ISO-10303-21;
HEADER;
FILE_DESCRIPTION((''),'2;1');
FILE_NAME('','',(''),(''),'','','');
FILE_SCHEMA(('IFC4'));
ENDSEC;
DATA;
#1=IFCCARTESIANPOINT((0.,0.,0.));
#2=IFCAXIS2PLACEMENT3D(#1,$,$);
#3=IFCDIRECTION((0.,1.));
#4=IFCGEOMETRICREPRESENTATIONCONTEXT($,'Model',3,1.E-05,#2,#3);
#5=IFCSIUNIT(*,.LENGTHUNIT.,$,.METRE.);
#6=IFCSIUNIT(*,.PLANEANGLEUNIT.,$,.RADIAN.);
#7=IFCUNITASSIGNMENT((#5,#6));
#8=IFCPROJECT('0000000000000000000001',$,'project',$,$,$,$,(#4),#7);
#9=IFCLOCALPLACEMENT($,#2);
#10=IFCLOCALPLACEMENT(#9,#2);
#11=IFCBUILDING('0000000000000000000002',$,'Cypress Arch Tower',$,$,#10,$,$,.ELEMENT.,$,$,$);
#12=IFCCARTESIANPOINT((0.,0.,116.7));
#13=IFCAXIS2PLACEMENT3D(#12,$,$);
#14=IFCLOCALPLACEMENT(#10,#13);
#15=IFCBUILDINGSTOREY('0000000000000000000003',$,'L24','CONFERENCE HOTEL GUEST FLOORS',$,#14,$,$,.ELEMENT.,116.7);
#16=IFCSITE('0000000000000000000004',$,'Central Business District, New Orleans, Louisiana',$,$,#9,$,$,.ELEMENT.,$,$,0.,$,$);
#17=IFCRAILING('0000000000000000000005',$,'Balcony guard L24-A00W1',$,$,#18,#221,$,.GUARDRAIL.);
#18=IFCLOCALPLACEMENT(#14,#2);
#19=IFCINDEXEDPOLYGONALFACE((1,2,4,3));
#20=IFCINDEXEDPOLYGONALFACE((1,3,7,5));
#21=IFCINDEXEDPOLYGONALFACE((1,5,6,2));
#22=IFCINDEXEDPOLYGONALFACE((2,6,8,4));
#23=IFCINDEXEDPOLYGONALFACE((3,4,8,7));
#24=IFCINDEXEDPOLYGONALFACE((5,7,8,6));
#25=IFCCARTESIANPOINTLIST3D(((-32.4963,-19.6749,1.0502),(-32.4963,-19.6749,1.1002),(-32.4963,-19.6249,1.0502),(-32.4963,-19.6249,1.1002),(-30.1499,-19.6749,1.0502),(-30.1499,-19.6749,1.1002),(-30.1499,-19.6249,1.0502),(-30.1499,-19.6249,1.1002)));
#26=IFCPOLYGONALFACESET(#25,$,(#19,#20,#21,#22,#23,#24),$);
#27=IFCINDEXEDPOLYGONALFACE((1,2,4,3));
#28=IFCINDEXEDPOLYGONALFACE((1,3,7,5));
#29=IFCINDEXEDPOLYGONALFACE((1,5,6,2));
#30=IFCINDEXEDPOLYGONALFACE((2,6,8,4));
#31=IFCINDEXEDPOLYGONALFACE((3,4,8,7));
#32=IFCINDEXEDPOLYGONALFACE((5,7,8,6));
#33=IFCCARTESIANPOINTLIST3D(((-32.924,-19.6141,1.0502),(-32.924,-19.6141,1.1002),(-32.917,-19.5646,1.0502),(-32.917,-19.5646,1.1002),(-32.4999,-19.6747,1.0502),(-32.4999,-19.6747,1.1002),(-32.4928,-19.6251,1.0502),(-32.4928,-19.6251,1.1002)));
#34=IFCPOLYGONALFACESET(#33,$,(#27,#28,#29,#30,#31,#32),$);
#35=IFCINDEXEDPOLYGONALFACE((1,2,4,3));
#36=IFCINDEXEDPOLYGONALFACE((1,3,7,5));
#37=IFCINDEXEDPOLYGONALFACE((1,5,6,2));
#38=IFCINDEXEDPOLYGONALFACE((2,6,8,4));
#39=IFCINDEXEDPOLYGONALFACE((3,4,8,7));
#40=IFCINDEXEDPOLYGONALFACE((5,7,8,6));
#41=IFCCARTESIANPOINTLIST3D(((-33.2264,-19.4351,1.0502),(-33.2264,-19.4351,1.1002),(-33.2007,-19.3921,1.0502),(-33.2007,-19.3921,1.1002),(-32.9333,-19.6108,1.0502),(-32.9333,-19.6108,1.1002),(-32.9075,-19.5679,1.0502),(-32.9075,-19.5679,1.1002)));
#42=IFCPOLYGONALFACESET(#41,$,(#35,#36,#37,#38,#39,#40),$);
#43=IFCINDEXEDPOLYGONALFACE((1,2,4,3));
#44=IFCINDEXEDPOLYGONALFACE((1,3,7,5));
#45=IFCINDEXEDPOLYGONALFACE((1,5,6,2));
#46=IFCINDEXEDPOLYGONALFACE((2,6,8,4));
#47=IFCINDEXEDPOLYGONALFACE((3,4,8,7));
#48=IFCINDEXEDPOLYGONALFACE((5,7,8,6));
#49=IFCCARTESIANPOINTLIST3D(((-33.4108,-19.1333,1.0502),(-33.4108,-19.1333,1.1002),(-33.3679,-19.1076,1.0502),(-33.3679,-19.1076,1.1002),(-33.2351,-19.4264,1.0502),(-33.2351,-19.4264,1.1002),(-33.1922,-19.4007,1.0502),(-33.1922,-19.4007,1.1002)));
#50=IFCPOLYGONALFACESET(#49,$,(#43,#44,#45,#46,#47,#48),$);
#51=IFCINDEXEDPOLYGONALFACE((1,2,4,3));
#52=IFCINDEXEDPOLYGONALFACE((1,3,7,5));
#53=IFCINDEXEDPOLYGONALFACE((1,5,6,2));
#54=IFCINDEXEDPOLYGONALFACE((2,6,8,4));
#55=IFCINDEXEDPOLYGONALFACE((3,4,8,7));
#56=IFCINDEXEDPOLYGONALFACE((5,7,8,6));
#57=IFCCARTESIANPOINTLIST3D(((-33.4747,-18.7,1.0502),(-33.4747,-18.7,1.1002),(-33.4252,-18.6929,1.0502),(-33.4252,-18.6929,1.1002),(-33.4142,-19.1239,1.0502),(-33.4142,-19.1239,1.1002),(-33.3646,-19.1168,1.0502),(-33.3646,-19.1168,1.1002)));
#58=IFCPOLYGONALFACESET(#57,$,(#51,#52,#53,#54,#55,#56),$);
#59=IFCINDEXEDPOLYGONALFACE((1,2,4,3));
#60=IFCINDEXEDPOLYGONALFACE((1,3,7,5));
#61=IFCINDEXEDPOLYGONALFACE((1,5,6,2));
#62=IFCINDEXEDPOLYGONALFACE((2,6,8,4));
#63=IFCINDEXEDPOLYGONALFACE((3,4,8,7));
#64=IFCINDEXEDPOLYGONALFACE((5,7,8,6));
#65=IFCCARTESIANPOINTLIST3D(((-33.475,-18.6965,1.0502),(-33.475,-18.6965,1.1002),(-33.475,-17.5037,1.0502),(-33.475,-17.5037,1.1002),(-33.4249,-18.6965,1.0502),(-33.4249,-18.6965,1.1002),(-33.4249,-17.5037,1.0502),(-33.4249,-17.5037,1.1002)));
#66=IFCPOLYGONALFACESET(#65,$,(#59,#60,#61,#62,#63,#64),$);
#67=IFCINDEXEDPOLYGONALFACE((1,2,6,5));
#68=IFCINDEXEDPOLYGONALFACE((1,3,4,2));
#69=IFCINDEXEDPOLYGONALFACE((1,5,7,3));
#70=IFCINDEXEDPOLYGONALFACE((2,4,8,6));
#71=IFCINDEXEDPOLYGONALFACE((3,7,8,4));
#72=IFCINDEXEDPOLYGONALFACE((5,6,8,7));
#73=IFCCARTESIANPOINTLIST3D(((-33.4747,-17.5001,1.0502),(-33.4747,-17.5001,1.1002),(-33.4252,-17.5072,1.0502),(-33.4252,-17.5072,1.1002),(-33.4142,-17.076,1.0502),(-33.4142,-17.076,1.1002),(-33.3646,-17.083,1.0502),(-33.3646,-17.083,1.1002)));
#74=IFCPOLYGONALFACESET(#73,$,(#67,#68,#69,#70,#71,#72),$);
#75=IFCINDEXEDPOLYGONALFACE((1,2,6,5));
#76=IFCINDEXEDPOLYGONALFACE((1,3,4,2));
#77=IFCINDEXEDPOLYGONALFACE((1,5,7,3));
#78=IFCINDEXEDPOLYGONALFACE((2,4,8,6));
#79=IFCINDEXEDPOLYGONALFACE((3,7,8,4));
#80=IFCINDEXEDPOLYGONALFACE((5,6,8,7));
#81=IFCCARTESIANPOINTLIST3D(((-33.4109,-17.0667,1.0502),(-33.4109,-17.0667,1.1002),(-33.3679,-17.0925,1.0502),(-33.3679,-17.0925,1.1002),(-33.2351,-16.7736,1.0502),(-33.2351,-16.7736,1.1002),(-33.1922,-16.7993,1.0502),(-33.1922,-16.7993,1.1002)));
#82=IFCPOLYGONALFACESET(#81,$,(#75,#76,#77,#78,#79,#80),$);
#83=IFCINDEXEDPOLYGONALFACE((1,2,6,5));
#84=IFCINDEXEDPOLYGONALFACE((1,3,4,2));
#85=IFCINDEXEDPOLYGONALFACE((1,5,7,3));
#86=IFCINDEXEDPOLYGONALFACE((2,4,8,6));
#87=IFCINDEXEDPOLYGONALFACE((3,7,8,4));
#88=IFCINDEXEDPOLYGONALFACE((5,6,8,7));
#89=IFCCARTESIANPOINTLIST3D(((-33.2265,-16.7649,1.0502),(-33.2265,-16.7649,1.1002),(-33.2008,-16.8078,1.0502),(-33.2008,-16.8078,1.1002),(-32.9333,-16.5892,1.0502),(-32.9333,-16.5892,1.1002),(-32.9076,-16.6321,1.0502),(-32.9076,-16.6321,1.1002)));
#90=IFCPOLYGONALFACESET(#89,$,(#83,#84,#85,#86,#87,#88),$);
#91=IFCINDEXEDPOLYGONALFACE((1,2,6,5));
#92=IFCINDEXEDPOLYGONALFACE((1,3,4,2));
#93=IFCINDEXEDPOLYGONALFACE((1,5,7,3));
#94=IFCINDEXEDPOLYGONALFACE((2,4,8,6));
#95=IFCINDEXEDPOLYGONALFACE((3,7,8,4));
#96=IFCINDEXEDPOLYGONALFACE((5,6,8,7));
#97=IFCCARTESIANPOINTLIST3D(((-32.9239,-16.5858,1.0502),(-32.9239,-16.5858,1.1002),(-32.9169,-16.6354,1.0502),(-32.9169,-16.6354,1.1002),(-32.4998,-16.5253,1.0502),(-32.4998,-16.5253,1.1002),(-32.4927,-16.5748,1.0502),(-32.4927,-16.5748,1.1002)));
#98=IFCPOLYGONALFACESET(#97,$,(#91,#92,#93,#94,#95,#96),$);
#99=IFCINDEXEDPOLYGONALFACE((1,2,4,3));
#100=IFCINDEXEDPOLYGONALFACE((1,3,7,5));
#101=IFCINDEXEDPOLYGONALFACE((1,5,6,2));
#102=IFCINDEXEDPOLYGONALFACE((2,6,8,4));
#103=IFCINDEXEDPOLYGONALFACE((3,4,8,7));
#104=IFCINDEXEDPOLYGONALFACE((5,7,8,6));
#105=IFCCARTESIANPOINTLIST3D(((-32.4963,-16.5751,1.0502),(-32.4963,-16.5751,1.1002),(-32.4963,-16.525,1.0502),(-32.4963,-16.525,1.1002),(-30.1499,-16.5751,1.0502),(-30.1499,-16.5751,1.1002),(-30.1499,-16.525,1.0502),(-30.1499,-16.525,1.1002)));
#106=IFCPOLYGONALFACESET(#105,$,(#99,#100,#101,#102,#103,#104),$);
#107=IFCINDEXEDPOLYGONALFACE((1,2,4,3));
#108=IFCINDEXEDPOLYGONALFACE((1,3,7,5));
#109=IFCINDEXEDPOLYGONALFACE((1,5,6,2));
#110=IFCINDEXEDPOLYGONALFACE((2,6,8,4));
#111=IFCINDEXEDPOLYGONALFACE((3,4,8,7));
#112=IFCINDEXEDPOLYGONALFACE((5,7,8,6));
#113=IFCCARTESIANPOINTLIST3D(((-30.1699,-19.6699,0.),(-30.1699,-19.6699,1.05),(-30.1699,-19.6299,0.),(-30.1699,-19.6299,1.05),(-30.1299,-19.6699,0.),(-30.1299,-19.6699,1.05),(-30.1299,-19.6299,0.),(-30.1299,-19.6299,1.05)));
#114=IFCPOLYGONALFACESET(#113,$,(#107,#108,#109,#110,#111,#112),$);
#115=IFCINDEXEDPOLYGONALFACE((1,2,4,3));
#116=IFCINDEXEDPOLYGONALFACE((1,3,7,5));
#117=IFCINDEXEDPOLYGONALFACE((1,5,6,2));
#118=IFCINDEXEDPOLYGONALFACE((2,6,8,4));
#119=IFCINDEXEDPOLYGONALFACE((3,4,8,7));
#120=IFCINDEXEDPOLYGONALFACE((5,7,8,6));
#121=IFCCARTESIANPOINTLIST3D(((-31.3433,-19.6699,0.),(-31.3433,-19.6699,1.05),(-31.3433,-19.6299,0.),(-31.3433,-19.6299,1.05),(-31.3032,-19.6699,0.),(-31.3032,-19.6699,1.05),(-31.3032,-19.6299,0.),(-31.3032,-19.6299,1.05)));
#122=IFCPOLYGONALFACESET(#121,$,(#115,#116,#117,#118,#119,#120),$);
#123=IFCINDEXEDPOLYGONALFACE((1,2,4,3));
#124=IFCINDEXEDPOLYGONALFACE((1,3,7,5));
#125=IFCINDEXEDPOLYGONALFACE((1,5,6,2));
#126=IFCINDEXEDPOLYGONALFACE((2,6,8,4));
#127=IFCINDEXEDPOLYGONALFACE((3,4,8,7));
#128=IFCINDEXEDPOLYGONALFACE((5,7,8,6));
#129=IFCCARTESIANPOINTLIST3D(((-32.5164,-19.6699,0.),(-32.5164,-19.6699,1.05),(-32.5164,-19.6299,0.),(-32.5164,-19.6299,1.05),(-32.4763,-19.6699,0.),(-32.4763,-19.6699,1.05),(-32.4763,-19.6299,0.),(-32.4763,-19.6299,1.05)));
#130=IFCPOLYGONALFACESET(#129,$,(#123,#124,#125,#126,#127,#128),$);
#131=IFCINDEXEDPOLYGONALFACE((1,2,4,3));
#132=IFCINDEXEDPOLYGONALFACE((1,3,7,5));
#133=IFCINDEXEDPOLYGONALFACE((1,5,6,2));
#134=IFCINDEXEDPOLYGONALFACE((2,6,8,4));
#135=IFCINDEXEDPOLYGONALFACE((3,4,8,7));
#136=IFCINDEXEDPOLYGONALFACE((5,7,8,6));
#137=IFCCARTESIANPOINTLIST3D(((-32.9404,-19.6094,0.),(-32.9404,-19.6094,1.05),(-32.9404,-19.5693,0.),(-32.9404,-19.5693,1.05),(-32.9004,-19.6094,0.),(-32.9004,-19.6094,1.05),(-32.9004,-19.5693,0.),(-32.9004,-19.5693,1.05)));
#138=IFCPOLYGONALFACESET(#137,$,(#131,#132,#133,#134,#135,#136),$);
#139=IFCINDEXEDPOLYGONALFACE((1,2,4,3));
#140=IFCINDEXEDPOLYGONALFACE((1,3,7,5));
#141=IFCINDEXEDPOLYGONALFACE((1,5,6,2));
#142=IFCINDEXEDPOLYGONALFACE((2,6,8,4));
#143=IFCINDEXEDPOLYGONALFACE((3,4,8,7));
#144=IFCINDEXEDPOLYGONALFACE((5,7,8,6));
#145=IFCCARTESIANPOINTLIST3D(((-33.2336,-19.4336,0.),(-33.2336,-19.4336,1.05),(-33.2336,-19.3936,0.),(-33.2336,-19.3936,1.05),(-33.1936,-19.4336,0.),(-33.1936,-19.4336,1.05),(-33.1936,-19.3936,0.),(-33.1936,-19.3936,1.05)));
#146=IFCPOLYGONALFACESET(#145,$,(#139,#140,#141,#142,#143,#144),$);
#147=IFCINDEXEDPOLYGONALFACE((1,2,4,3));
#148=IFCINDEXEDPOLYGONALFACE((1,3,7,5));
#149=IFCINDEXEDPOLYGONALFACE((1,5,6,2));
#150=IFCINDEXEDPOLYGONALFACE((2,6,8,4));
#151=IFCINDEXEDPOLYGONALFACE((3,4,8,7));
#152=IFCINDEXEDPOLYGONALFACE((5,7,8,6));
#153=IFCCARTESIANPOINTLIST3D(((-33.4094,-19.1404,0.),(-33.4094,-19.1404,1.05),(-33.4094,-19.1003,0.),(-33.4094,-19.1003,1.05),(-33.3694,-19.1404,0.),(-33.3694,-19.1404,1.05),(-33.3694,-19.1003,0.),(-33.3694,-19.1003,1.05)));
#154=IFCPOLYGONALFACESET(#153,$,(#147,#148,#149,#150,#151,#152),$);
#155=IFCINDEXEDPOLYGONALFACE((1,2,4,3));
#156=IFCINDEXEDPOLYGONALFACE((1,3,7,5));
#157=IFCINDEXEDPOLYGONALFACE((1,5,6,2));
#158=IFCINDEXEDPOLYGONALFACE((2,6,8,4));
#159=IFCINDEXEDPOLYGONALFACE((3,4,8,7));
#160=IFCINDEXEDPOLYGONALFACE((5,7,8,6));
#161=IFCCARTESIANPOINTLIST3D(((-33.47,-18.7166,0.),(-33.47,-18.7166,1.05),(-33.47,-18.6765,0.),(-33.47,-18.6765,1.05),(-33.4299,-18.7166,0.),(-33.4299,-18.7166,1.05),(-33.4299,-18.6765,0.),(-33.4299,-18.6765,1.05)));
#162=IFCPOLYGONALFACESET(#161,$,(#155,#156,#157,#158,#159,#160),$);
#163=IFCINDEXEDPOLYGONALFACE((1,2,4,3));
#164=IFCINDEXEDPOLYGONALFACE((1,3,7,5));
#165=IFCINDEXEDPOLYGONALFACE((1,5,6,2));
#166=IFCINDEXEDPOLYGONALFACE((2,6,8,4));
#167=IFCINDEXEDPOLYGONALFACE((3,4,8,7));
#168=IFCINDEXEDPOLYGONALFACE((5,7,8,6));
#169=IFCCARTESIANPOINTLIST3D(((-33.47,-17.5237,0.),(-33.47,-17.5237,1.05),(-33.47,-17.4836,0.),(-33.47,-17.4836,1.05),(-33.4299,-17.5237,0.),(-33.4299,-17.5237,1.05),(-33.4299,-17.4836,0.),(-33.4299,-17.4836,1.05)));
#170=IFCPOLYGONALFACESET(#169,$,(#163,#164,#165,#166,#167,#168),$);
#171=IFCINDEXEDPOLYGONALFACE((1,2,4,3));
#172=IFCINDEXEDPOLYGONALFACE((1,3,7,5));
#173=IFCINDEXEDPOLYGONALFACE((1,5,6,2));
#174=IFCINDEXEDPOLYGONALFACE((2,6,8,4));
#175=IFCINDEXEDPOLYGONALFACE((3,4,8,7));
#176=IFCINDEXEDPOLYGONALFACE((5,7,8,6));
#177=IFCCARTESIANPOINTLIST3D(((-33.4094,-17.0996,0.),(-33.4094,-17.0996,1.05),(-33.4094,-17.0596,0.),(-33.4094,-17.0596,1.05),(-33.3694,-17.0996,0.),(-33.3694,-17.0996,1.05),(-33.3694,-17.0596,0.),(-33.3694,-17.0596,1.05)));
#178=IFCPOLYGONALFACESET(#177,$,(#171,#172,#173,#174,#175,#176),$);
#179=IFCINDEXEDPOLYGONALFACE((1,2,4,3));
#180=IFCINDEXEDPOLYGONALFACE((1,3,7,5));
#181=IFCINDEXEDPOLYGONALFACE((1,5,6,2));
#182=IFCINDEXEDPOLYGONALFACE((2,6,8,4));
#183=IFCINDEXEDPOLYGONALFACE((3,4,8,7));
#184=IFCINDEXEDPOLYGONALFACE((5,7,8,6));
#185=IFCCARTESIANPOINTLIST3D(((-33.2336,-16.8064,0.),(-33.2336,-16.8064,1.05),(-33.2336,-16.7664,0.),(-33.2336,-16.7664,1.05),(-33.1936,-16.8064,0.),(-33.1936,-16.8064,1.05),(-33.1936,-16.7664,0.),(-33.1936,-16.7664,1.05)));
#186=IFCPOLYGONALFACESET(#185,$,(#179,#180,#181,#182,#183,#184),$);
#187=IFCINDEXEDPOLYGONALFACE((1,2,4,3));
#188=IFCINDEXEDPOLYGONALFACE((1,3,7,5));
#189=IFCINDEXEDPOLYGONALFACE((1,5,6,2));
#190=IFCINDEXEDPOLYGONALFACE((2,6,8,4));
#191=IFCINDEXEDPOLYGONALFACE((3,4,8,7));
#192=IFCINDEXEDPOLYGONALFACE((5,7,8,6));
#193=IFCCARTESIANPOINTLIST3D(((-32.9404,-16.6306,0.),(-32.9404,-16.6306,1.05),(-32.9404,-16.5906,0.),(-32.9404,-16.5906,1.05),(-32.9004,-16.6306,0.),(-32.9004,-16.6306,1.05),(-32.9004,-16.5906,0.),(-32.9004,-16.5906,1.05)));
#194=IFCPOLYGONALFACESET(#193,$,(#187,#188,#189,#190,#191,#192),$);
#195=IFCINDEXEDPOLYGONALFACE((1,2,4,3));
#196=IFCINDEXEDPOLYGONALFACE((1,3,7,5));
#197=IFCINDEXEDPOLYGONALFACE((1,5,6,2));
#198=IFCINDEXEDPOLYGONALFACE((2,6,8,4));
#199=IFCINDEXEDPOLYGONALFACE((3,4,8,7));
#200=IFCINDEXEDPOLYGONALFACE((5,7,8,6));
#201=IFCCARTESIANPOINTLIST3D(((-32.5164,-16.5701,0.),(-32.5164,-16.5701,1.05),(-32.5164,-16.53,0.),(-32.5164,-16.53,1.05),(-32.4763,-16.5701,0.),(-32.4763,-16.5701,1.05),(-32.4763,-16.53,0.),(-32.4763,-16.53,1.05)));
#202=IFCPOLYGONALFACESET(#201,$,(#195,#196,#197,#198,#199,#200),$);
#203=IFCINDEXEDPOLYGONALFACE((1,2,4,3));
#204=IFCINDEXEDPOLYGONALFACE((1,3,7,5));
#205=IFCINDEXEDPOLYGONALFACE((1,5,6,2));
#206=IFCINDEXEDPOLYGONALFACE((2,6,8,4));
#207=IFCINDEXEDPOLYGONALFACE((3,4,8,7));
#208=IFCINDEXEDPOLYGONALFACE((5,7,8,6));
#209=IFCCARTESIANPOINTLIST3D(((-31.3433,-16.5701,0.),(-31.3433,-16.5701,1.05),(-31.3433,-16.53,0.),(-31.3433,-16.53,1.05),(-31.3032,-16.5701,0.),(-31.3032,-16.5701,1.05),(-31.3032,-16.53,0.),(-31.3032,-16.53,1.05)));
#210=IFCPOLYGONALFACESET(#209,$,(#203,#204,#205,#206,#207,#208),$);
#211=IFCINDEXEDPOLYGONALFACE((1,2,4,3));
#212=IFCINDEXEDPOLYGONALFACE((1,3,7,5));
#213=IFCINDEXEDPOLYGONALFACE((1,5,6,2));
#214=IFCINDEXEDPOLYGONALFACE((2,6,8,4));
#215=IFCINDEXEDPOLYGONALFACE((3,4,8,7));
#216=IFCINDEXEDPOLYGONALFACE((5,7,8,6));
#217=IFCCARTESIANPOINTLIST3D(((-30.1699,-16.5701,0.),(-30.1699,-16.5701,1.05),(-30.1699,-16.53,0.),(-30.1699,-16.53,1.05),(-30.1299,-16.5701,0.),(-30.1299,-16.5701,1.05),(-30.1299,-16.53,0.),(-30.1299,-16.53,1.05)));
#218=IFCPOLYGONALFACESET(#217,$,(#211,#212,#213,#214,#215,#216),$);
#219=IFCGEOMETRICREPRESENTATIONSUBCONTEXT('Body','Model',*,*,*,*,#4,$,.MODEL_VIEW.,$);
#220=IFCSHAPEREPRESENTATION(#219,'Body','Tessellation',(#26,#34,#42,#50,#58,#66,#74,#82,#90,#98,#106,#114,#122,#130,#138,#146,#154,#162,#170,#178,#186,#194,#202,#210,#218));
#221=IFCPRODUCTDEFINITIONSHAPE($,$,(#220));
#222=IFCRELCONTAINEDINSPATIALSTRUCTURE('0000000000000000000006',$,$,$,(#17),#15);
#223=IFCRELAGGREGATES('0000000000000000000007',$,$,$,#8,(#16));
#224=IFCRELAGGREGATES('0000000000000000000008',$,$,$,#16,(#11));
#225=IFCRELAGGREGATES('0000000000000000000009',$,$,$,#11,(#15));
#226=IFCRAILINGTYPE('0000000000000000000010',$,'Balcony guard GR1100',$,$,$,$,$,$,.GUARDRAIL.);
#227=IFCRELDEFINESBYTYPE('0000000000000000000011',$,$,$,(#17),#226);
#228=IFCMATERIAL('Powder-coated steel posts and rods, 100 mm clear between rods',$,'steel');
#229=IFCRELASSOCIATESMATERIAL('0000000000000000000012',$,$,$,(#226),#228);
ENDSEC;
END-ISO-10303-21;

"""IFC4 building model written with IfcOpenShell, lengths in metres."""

from ifc_helpers import new_model, si_unit, direction, frame, origin, origin_2d, place, context, subcontext, project, spatial, rectangle, extrude, material, type_object, element, save


model = new_model("IFC4")

# Units and contexts
model_context = context("Model", 3, precision=1e-05, world=origin(), true_north=direction((0.0, 1.0)))
body_context = subcontext(model_context, "Body", "Model", "MODEL_VIEW")
ifc_project = project(units=[si_unit("LENGTHUNIT", "METRE"), si_unit("PLANEANGLEUNIT", "RADIAN")], contexts=[model_context])

# Site, building, storey
site_placement = place(None, origin())
site = spatial("IfcSite", under=ifc_project, at=site_placement, Name="Central Business District, New Orleans, Louisiana", CompositionType="ELEMENT", RefElevation=0.0)
building_placement = place(site_placement, origin())
building = spatial("IfcBuilding", under=site, at=building_placement, Name="Cypress Arch Tower", CompositionType="ELEMENT")
storey_placement = place(building_placement, frame((0.0, 0.0, 116.7)))
storey = spatial("IfcBuildingStorey", under=building, at=storey_placement, Name="L24", Description="CONFERENCE HOTEL GUEST FLOORS", CompositionType="ELEMENT", Elevation=116.7)

# Railing
ifc_material_1 = material(Name="Powder-coated steel posts and rods, 100 mm clear between rods", Category="steel")
railing_type = type_object("IfcRailingType", Name="Balcony guard GR1100", PredefinedType="GUARDRAIL", material=ifc_material_1)
railing_placement = place(storey_placement, frame((-30.1499, -19.6499, 0.0)))
element("IfcRailing", 1, at=railing_placement, inside=storey, type_object=railing_type, Name="Balcony guard L24-A00W1", PredefinedType="GUARDRAIL", context=body_context, shape_type="SweptSolid", body=[
    extrude(rectangle(XDim=0.05, YDim=0.05, at=origin_2d()), frame((0.0, 0.0, 1.0752), z_axis=(-1.0, 0.0, 0.0), x_axis=(0.0, -1.0, 0.0)), (0.0, 0.0, 1.0), 2.3464),
    extrude(rectangle(XDim=0.05, YDim=0.05, at=origin_2d()), frame((-2.3464, 0.0, 1.0752), z_axis=(-0.989961, 0.141342, 0.0), x_axis=(-0.141342, -0.989961, 0.0)), (0.0, 0.0, 1.0), 0.4285),
    extrude(rectangle(XDim=0.05, YDim=0.05, at=origin_2d()), frame((-2.7705, 0.0605, 1.0752), z_axis=(-0.857682, 0.514181, 0.0), x_axis=(-0.514181, -0.857682, 0.0)), (0.0, 0.0, 1.0), 0.3418),
    extrude(rectangle(XDim=0.05, YDim=0.05, at=origin_2d()), frame((-3.0637, 0.2363, 1.0752), z_axis=(-0.514181, 0.857682, 0.0), x_axis=(-0.857682, -0.514181, 0.0)), (0.0, 0.0, 1.0), 0.3418),
    extrude(rectangle(XDim=0.05, YDim=0.05, at=origin_2d()), frame((-3.2395, 0.5295, 1.0752), z_axis=(-0.141421, 0.989949, 0.0), x_axis=(-0.989949, -0.141421, 0.0)), (0.0, 0.0, 1.0), 0.4282),
    extrude(rectangle(XDim=0.05, YDim=0.05, at=origin_2d()), frame((-3.3, 0.9534, 1.0752), z_axis=(0.0, 1.0, 0.0), x_axis=(-1.0, 0.0, 0.0)), (0.0, 0.0, 1.0), 1.1929),
    extrude(rectangle(XDim=0.05, YDim=0.05, at=origin_2d()), frame((-3.3, 2.1462, 1.0752), z_axis=(0.141342, 0.989961, 0.0), x_axis=(-0.989961, 0.141342, 0.0)), (0.0, 0.0, 1.0), 0.4285),
    extrude(rectangle(XDim=0.05, YDim=0.05, at=origin_2d()), frame((-3.2395, 2.5703, 1.0752), z_axis=(0.514181, 0.857682, 0.0), x_axis=(-0.857682, 0.514181, 0.0)), (0.0, 0.0, 1.0), 0.3418),
    extrude(rectangle(XDim=0.05, YDim=0.05, at=origin_2d()), frame((-3.0637, 2.8635, 1.0752), z_axis=(0.857682, 0.514181, 0.0), x_axis=(-0.514181, 0.857682, 0.0)), (0.0, 0.0, 1.0), 0.3418),
    extrude(rectangle(XDim=0.05, YDim=0.05, at=origin_2d()), frame((-2.7705, 3.0393, 1.0752), z_axis=(0.989961, 0.141342, 0.0), x_axis=(-0.141342, 0.989961, 0.0)), (0.0, 0.0, 1.0), 0.4285),
    extrude(rectangle(XDim=0.05, YDim=0.05, at=origin_2d()), frame((-2.3464, 3.0999, 1.0752), z_axis=(1.0, 0.0, 0.0), x_axis=(0.0, 1.0, 0.0)), (0.0, 0.0, 1.0), 2.3464),
    extrude(rectangle(XDim=0.04, YDim=0.04, at=origin_2d()), origin(), (0.0, 0.0, 1.0), 1.05),
    extrude(rectangle(XDim=0.04, YDim=0.04, at=origin_2d()), frame((-1.1733, 0.0, 0.0)), (0.0, 0.0, 1.0), 1.05),
    extrude(rectangle(XDim=0.04, YDim=0.04, at=origin_2d()), frame((-2.3464, 0.0, 0.0)), (0.0, 0.0, 1.0), 1.05),
    extrude(rectangle(XDim=0.04, YDim=0.04, at=origin_2d()), frame((-2.7705, 0.0605, 0.0)), (0.0, 0.0, 1.0), 1.05),
    extrude(rectangle(XDim=0.04, YDim=0.04, at=origin_2d()), frame((-3.0637, 0.2363, 0.0)), (0.0, 0.0, 1.0), 1.05),
    extrude(rectangle(XDim=0.04, YDim=0.04, at=origin_2d()), frame((-3.2395, 0.5295, 0.0)), (0.0, 0.0, 1.0), 1.05),
    extrude(rectangle(XDim=0.04, YDim=0.04, at=origin_2d()), frame((-3.3, 0.9534, 0.0)), (0.0, 0.0, 1.0), 1.05),
    extrude(rectangle(XDim=0.04, YDim=0.04, at=origin_2d()), frame((-3.3, 2.1462, 0.0)), (0.0, 0.0, 1.0), 1.05),
    extrude(rectangle(XDim=0.04, YDim=0.04, at=origin_2d()), frame((-3.2395, 2.5703, 0.0)), (0.0, 0.0, 1.0), 1.05),
    extrude(rectangle(XDim=0.04, YDim=0.04, at=origin_2d()), frame((-3.0637, 2.8635, 0.0)), (0.0, 0.0, 1.0), 1.05),
    extrude(rectangle(XDim=0.04, YDim=0.04, at=origin_2d()), frame((-2.7705, 3.0393, 0.0)), (0.0, 0.0, 1.0), 1.05),
    extrude(rectangle(XDim=0.04, YDim=0.04, at=origin_2d()), frame((-2.3464, 3.0999, 0.0)), (0.0, 0.0, 1.0), 1.05),
    extrude(rectangle(XDim=0.04, YDim=0.04, at=origin_2d()), frame((-1.1733, 3.0999, 0.0)), (0.0, 0.0, 1.0), 1.05),
    extrude(rectangle(XDim=0.04, YDim=0.04, at=origin_2d()), frame((0.0, 3.0999, 0.0)), (0.0, 0.0, 1.0), 1.05),
])

save(model, "model.ifc")
